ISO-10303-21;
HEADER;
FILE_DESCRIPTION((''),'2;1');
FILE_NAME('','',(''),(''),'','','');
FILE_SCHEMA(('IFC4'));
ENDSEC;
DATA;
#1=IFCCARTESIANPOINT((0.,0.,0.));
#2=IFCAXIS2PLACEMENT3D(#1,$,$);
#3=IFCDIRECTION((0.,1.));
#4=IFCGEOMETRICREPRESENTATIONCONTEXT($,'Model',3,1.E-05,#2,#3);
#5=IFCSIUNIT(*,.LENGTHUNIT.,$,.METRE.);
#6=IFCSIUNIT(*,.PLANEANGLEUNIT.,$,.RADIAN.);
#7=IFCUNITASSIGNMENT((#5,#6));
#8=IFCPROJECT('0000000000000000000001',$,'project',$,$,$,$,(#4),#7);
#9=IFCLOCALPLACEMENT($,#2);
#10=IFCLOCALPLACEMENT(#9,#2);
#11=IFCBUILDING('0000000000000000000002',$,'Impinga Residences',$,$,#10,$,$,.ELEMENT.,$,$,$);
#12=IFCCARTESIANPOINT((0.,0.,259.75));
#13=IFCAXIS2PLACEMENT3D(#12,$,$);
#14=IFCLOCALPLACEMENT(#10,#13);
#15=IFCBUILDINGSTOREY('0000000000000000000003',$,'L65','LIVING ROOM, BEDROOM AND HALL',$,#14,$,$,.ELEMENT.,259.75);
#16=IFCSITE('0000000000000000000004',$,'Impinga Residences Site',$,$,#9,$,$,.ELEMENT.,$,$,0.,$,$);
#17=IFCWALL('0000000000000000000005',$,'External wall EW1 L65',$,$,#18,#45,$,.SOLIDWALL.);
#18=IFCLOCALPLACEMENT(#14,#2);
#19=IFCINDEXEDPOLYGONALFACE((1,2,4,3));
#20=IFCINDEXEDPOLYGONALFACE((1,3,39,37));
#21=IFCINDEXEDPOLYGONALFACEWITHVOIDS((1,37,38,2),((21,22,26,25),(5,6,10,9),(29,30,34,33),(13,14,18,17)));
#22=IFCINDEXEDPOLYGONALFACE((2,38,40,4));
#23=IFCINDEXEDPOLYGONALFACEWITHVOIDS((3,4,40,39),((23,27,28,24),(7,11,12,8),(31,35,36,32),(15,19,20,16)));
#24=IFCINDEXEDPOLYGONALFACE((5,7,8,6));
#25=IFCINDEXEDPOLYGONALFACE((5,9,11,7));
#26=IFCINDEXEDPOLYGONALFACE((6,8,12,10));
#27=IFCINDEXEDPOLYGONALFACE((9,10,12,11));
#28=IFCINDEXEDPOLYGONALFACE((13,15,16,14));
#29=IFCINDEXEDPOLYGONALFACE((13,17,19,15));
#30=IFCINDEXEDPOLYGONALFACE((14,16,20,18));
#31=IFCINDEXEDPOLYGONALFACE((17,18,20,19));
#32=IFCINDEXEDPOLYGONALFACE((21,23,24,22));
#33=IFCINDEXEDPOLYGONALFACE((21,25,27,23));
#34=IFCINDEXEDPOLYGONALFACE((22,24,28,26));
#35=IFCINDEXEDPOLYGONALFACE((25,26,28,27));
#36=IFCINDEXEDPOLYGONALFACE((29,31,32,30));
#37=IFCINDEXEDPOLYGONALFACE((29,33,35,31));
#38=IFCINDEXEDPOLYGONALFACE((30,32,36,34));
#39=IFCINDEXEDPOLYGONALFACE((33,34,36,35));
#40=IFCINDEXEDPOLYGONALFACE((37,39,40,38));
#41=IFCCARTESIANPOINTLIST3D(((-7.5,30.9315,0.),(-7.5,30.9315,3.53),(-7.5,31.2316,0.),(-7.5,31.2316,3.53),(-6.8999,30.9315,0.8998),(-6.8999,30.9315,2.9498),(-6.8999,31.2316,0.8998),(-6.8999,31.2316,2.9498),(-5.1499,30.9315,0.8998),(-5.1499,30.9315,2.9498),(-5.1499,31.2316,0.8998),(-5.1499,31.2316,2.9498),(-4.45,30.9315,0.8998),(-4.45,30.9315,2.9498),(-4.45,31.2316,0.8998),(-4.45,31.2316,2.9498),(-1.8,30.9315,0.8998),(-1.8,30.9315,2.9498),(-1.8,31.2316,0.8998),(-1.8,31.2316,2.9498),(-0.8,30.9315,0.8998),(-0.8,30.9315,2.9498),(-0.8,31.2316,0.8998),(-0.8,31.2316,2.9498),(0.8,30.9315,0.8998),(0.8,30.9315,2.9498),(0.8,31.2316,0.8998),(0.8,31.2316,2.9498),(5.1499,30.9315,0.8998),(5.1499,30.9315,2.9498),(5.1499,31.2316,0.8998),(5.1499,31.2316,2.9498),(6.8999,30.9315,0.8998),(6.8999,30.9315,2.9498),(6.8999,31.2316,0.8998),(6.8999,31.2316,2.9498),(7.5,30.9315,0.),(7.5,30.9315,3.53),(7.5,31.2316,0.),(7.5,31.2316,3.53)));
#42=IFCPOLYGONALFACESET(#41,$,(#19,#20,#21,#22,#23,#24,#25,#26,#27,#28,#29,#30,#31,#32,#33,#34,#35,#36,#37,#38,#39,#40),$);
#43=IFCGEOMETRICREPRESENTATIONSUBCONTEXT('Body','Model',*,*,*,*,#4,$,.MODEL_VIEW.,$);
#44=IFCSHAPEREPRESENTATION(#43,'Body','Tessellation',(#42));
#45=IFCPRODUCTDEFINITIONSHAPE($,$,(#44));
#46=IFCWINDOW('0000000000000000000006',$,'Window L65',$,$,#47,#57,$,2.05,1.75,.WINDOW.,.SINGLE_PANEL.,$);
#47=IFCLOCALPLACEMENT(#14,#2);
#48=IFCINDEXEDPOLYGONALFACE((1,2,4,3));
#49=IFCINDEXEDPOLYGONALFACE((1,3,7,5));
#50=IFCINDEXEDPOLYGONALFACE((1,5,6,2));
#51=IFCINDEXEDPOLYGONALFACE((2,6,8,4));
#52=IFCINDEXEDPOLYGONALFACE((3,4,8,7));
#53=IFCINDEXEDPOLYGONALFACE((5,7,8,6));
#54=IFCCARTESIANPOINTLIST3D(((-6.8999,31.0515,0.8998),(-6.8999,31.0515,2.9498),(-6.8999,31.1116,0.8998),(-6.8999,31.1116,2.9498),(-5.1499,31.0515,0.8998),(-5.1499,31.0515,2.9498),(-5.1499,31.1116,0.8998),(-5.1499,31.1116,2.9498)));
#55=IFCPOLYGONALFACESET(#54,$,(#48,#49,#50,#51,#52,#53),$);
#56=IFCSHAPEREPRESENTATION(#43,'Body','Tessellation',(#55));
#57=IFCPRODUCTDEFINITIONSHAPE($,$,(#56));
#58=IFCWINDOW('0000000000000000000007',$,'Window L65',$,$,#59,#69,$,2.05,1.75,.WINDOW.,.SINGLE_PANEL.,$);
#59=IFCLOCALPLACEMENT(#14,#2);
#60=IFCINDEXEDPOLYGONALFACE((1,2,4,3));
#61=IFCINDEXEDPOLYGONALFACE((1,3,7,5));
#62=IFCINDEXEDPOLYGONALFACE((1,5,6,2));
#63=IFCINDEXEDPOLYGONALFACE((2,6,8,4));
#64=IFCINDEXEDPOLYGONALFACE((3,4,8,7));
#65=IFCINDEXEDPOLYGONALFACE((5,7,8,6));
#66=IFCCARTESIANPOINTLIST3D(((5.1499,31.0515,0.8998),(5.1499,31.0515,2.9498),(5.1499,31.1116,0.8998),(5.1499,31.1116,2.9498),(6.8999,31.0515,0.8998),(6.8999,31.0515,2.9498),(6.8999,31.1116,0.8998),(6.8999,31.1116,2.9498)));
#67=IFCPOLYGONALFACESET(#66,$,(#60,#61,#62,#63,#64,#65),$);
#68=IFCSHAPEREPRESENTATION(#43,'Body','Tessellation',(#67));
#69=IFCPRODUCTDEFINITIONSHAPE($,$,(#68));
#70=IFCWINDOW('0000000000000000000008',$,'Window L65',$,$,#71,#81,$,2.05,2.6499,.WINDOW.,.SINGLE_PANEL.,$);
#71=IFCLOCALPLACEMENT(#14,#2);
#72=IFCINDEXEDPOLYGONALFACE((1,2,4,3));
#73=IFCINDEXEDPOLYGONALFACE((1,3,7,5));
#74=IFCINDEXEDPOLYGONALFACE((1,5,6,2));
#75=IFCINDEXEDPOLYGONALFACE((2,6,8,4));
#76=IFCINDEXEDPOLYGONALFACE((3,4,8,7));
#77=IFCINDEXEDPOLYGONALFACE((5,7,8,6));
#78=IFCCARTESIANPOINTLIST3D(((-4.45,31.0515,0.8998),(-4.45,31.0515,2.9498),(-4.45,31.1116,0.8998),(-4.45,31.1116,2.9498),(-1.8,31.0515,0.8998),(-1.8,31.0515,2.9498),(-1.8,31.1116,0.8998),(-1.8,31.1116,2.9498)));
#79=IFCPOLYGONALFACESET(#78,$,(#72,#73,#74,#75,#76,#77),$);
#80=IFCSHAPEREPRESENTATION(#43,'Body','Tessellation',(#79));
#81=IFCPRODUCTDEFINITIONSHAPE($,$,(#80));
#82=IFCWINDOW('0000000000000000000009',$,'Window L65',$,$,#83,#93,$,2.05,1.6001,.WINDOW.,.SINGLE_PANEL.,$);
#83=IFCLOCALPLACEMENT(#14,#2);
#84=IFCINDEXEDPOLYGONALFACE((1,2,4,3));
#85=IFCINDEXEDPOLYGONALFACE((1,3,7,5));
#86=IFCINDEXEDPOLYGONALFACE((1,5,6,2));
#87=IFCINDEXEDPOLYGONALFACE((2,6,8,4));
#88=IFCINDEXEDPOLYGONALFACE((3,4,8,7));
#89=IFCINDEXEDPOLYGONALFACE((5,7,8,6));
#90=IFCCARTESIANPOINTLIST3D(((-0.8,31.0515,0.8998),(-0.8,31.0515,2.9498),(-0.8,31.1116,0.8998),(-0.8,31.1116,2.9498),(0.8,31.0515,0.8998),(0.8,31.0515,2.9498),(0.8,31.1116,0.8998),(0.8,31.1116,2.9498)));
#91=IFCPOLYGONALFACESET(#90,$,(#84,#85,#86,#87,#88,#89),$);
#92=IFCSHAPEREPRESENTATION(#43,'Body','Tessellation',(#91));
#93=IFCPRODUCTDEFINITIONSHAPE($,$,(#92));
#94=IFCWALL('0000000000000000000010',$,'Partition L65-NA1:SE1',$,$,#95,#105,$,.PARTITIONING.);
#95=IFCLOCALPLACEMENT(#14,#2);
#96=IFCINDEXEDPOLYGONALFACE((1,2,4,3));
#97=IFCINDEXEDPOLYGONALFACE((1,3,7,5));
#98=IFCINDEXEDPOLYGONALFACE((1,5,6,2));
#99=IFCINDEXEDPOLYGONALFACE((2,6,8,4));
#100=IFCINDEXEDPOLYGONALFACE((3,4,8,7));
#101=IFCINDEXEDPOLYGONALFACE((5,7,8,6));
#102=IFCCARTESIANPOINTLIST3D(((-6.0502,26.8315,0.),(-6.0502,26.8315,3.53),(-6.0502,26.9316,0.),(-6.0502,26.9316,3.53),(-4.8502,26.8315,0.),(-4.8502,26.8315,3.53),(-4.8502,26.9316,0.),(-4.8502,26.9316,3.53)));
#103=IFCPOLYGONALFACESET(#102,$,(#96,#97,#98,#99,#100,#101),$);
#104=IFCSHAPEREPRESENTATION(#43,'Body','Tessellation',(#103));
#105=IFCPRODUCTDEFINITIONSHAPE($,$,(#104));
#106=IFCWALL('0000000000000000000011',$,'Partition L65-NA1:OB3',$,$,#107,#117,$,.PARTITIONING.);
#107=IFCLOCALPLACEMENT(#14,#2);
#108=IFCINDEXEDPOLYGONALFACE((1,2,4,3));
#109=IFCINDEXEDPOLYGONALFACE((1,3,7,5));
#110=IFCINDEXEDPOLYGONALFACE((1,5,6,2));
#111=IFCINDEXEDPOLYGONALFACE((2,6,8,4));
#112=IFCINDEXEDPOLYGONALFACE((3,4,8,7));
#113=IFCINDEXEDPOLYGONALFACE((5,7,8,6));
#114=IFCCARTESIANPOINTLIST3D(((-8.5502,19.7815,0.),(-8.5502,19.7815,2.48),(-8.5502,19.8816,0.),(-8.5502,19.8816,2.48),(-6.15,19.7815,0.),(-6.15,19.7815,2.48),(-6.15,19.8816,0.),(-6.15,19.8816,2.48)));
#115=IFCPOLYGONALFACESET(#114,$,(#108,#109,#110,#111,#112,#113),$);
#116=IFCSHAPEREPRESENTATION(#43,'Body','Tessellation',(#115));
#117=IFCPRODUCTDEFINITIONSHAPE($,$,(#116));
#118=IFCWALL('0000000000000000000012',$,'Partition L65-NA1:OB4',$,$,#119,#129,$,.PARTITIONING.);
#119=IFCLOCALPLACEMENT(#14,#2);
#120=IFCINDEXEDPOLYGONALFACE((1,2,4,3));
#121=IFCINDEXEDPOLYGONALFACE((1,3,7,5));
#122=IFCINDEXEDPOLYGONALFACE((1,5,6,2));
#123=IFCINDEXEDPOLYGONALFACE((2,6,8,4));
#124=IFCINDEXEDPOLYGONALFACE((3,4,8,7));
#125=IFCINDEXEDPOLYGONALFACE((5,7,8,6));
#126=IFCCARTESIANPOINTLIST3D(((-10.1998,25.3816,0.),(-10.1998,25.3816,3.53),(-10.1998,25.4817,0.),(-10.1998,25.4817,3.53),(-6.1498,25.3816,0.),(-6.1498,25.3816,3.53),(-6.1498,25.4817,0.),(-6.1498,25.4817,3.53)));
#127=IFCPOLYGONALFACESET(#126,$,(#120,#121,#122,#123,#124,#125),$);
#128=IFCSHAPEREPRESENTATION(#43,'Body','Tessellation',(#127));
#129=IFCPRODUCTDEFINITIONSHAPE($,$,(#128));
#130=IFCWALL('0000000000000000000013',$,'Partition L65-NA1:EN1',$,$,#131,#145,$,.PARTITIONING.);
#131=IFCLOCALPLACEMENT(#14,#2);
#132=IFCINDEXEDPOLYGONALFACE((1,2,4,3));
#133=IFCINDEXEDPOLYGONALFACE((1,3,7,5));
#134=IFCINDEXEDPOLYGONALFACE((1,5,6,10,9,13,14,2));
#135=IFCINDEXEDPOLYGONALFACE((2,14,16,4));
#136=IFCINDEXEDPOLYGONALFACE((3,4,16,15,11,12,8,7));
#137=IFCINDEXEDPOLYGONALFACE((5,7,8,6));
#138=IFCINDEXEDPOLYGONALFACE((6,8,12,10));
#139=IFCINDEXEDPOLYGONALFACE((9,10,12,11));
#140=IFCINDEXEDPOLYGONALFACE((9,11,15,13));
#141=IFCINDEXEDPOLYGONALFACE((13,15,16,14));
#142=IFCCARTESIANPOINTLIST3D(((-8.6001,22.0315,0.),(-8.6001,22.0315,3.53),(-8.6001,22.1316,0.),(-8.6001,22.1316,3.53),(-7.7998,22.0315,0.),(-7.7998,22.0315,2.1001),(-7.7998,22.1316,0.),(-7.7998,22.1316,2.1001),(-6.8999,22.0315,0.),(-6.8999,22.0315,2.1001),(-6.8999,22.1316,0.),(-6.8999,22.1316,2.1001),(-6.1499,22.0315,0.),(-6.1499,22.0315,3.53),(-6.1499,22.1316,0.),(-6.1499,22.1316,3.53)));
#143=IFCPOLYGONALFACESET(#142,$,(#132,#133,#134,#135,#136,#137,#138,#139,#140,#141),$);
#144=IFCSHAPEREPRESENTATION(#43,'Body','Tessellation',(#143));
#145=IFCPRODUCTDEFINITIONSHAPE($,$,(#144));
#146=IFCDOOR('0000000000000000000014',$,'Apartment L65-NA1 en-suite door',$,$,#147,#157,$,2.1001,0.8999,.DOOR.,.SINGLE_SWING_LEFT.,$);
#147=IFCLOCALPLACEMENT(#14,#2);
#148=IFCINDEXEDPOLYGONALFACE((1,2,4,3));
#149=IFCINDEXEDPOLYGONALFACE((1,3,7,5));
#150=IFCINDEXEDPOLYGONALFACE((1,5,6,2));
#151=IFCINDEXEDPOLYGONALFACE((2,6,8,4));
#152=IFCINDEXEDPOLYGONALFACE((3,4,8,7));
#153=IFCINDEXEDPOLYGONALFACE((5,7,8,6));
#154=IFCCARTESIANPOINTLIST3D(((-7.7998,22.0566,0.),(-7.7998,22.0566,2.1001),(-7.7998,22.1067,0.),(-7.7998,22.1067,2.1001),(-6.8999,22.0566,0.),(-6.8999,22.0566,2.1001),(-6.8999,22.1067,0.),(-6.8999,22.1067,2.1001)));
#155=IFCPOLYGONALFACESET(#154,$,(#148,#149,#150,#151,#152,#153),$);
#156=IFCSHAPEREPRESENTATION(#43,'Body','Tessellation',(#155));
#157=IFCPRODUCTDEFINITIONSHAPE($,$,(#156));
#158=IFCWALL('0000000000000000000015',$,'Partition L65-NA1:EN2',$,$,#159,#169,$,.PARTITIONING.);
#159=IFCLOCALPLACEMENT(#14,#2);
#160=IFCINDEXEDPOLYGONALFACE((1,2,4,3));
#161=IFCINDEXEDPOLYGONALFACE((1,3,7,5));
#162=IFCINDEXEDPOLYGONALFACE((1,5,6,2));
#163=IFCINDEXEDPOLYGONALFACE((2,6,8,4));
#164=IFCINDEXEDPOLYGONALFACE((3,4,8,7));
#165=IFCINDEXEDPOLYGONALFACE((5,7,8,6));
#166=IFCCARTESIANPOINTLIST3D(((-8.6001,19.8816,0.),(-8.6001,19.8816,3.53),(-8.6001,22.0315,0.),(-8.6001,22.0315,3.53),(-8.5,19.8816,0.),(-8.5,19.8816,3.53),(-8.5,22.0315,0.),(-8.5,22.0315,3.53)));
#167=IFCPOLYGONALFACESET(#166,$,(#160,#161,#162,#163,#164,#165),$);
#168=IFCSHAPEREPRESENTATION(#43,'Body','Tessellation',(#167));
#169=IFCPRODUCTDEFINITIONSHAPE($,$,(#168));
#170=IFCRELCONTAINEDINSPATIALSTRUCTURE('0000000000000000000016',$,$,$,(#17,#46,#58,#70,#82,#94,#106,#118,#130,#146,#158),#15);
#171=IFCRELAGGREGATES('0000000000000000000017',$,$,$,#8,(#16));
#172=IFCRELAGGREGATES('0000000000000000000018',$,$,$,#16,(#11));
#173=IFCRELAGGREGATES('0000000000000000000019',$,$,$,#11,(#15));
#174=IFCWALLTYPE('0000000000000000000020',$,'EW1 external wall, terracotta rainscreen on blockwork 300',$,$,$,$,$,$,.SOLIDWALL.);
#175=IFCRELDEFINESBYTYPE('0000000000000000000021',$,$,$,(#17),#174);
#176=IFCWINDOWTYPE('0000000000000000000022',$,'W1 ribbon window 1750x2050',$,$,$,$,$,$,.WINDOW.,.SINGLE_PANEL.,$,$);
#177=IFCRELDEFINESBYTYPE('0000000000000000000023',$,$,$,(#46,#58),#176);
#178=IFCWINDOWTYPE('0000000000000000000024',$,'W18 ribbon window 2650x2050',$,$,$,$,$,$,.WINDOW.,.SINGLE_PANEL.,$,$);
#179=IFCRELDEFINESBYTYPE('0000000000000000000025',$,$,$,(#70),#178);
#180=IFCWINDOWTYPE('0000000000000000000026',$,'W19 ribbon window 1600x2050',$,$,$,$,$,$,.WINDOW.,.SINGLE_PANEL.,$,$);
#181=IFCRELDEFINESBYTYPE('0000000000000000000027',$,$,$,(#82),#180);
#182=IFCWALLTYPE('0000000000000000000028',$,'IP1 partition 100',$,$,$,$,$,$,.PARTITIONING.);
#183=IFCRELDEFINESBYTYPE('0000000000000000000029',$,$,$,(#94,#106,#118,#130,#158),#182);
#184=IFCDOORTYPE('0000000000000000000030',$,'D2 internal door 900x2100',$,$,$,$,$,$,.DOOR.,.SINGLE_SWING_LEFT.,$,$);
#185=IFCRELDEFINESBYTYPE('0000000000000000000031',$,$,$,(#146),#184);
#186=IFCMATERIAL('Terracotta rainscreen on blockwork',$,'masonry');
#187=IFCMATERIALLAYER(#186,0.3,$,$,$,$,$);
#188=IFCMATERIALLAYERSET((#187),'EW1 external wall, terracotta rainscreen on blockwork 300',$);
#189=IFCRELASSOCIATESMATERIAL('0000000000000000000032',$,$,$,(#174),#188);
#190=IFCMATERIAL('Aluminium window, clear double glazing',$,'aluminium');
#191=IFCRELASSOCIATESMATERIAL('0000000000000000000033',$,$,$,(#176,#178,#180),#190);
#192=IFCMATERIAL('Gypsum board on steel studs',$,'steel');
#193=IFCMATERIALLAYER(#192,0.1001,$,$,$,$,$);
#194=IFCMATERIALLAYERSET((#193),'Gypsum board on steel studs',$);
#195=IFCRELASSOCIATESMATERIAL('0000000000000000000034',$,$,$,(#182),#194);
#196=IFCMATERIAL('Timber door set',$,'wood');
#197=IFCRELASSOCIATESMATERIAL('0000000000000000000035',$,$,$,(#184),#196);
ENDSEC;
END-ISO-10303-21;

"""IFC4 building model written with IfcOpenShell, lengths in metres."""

from ifc_helpers import new_model, si_unit, direction, frame, frame_2d, origin, place, context, subcontext, project, spatial, rectangle, extrude, material, layer, layer_set, type_object, element, fill, save


model = new_model("IFC4")

# Units and contexts
model_context = context("Model", 3, precision=1e-05, world=origin(), true_north=direction((0.0, 1.0)))
body_context = subcontext(model_context, "Body", "Model", "MODEL_VIEW")
ifc_project = project(units=[si_unit("LENGTHUNIT", "METRE"), si_unit("PLANEANGLEUNIT", "RADIAN")], contexts=[model_context])

# Site, building, storey
site_placement = place(None, origin())
site = spatial("IfcSite", under=ifc_project, at=site_placement, Name="Impinga Residences Site", CompositionType="ELEMENT", RefElevation=0.0)
building_placement = place(site_placement, origin())
building = spatial("IfcBuilding", under=site, at=building_placement, Name="Impinga Residences", CompositionType="ELEMENT")
storey_placement = place(building_placement, frame((0.0, 0.0, 259.75)))
storey = spatial("IfcBuildingStorey", under=building, at=storey_placement, Name="L65", Description="LIVING ROOM, BEDROOM AND HALL", CompositionType="ELEMENT", Elevation=259.75)

# Shared definitions
ifc_material_1 = material(Name="Timber door set", Category="wood")

# Shared definitions
ifc_material_2 = material(Name="Terracotta rainscreen on blockwork", Category="masonry")
ifc_layer_1 = layer(ifc_material_2, 0.3)
ifc_layer_set_1 = layer_set([ifc_layer_1], Name="EW1 external wall, terracotta rainscreen on blockwork 300")
wall_type_1 = type_object("IfcWallType", Name="EW1 external wall, terracotta rainscreen on blockwork 300", PredefinedType="SOLIDWALL", material=ifc_layer_set_1)

# Wall, openings, windows
wall_1_placement = place(storey_placement, frame((-7.5, 31.0815, 0.0), z_axis=(0.0, 0.0, 1.0), x_axis=(1.0, 0.0, 0.0)))
wall_1 = element("IfcWall", 1, at=wall_1_placement, inside=storey, type_object=wall_type_1, Name="External wall EW1 L65", PredefinedType="SOLIDWALL", context=body_context, shape_type="SweptSolid", body=[
    extrude(rectangle(XDim=15.0, YDim=0.3, at=frame_2d((7.5, 0.0))), origin(), (0.0, 0.0, 1.0), 3.53),
])
opening_1_placement = place(wall_1_placement, frame((0.6001, 0.0, 0.8999)))
opening_1 = element("IfcOpeningElement", 2, at=opening_1_placement, cuts=wall_1, PredefinedType="OPENING", context=body_context, shape_type="SweptSolid", body=[
    extrude(rectangle(XDim=1.75, YDim=2.05, at=frame_2d((0.875, 1.0249))), frame((0.0, 0.1599, 0.0), z_axis=(0.0, -1.0, 0.0), x_axis=(1.0, 0.0, 0.0)), (0.0, 0.0, 1.0), 0.3201),
])
opening_2_placement = place(wall_1_placement, frame((3.05, 0.0, 0.8999)))
opening_2 = element("IfcOpeningElement", 3, at=opening_2_placement, cuts=wall_1, PredefinedType="OPENING", context=body_context, shape_type="SweptSolid", body=[
    extrude(rectangle(XDim=2.6499, YDim=2.05, at=frame_2d((1.325, 1.0249))), frame((0.0, 0.1599, 0.0), z_axis=(0.0, -1.0, 0.0), x_axis=(1.0, 0.0, 0.0)), (0.0, 0.0, 1.0), 0.3201),
])
opening_3_placement = place(wall_1_placement, frame((6.7, 0.0, 0.8999)))
opening_3 = element("IfcOpeningElement", 4, at=opening_3_placement, cuts=wall_1, PredefinedType="OPENING", context=body_context, shape_type="SweptSolid", body=[
    extrude(rectangle(XDim=1.6001, YDim=2.05, at=frame_2d((0.8, 1.0249))), frame((0.0, 0.1599, 0.0), z_axis=(0.0, -1.0, 0.0), x_axis=(1.0, 0.0, 0.0)), (0.0, 0.0, 1.0), 0.3201),
])
opening_4_placement = place(wall_1_placement, frame((12.6499, 0.0, 0.8999)))
opening_4 = element("IfcOpeningElement", 5, at=opening_4_placement, cuts=wall_1, PredefinedType="OPENING", context=body_context, shape_type="SweptSolid", body=[
    extrude(rectangle(XDim=1.75, YDim=2.05, at=frame_2d((0.875, 1.0249))), frame((0.0, 0.1599, 0.0), z_axis=(0.0, -1.0, 0.0), x_axis=(1.0, 0.0, 0.0)), (0.0, 0.0, 1.0), 0.3201),
])
ifc_material_3 = material(Name="Aluminium window, clear double glazing", Category="aluminium")
window_type_1 = type_object("IfcWindowType", Name="W1 ribbon window 1750x2050", PartitioningType="SINGLE_PANEL", PredefinedType="WINDOW", material=ifc_material_3)
window_1_placement = place(opening_1_placement, origin())
window_1 = element("IfcWindow", 6, at=window_1_placement, inside=storey, type_object=window_type_1, Name="Window L65", OverallHeight=2.05, OverallWidth=1.75, PartitioningType="SINGLE_PANEL", PredefinedType="WINDOW", context=body_context, shape_type="SweptSolid", body=[
    extrude(rectangle(XDim=1.75, YDim=2.05, at=frame_2d((0.875, 1.0249))), frame((0.0, 0.03, 0.0), z_axis=(0.0, -1.0, 0.0), x_axis=(1.0, 0.0, 0.0)), (0.0, 0.0, 1.0), 0.0601),
])
fill(opening_1, window_1)
window_2_placement = place(opening_4_placement, origin())
window_2 = element("IfcWindow", 7, at=window_2_placement, inside=storey, type_object=window_type_1, Name="Window L65", OverallHeight=2.05, OverallWidth=1.75, PartitioningType="SINGLE_PANEL", PredefinedType="WINDOW", context=body_context, shape_type="SweptSolid", body=[
    extrude(rectangle(XDim=1.75, YDim=2.05, at=frame_2d((0.875, 1.0249))), frame((0.0, 0.03, 0.0), z_axis=(0.0, -1.0, 0.0), x_axis=(1.0, 0.0, 0.0)), (0.0, 0.0, 1.0), 0.0601),
])
fill(opening_4, window_2)
window_type_2 = type_object("IfcWindowType", Name="W18 ribbon window 2650x2050", PartitioningType="SINGLE_PANEL", PredefinedType="WINDOW", material=ifc_material_3)
window_3_placement = place(opening_2_placement, origin())
window_3 = element("IfcWindow", 8, at=window_3_placement, inside=storey, type_object=window_type_2, Name="Window L65", OverallHeight=2.05, OverallWidth=2.6499, PartitioningType="SINGLE_PANEL", PredefinedType="WINDOW", context=body_context, shape_type="SweptSolid", body=[
    extrude(rectangle(XDim=2.6499, YDim=2.05, at=frame_2d((1.325, 1.0249))), frame((0.0, 0.03, 0.0), z_axis=(0.0, -1.0, 0.0), x_axis=(1.0, 0.0, 0.0)), (0.0, 0.0, 1.0), 0.0601),
])
fill(opening_2, window_3)
window_type_3 = type_object("IfcWindowType", Name="W19 ribbon window 1600x2050", PartitioningType="SINGLE_PANEL", PredefinedType="WINDOW", material=ifc_material_3)
window_4_placement = place(opening_3_placement, origin())
window_4 = element("IfcWindow", 9, at=window_4_placement, inside=storey, type_object=window_type_3, Name="Window L65", OverallHeight=2.05, OverallWidth=1.6001, PartitioningType="SINGLE_PANEL", PredefinedType="WINDOW", context=body_context, shape_type="SweptSolid", body=[
    extrude(rectangle(XDim=1.6001, YDim=2.05, at=frame_2d((0.8, 1.0249))), frame((0.0, 0.03, 0.0), z_axis=(0.0, -1.0, 0.0), x_axis=(1.0, 0.0, 0.0)), (0.0, 0.0, 1.0), 0.0601),
])
fill(opening_3, window_4)

# Walls
ifc_material_4 = material(Name="Gypsum board on steel studs", Category="steel")
ifc_layer_2 = layer(ifc_material_4, 0.1001)
ifc_layer_set_2 = layer_set([ifc_layer_2], Name="Gypsum board on steel studs")
wall_type_2 = type_object("IfcWallType", Name="IP1 partition 100", PredefinedType="PARTITIONING", material=ifc_layer_set_2)
wall_2_placement = place(storey_placement, frame((-4.8501, 26.8816, 0.0), z_axis=(0.0, 0.0, 1.0), x_axis=(-1.0, 0.0, 0.0)))
element("IfcWall", 10, at=wall_2_placement, inside=storey, type_object=wall_type_2, Name="Partition L65-NA1:SE1", PredefinedType="PARTITIONING", context=body_context, shape_type="SweptSolid", body=[
    extrude(rectangle(XDim=1.2, YDim=0.1001, at=frame_2d((0.6001, 0.0))), origin(), (0.0, 0.0, 1.0), 3.53),
])
wall_3_placement = place(storey_placement, frame((-6.1499, 19.8315, 0.0), z_axis=(0.0, 0.0, 1.0), x_axis=(-1.0, 0.0, 0.0)))
element("IfcWall", 11, at=wall_3_placement, inside=storey, type_object=wall_type_2, Name="Partition L65-NA1:OB3", PredefinedType="PARTITIONING", context=body_context, shape_type="SweptSolid", body=[
    extrude(rectangle(XDim=2.4001, YDim=0.1001, at=frame_2d((1.2002, 0.0))), origin(), (0.0, 0.0, 1.0), 2.48),
])
wall_4_placement = place(storey_placement, frame((-6.1499, 25.4316, 0.0), z_axis=(0.0, 0.0, 1.0), x_axis=(-1.0, 0.0, 0.0)))
element("IfcWall", 12, at=wall_4_placement, inside=storey, type_object=wall_type_2, Name="Partition L65-NA1:OB4", PredefinedType="PARTITIONING", context=body_context, shape_type="SweptSolid", body=[
    extrude(rectangle(XDim=4.05, YDim=0.1001, at=frame_2d((2.0249, 0.0))), origin(), (0.0, 0.0, 1.0), 3.53),
])

# Wall, opening, door
wall_5_placement = place(storey_placement, frame((-6.1499, 22.0815, 0.0), z_axis=(0.0, 0.0, 1.0), x_axis=(-1.0, 0.0, 0.0)))
wall_5 = element("IfcWall", 13, at=wall_5_placement, inside=storey, type_object=wall_type_2, Name="Partition L65-NA1:EN1", PredefinedType="PARTITIONING", context=body_context, shape_type="SweptSolid", body=[
    extrude(rectangle(XDim=2.4502, YDim=0.1001, at=frame_2d((1.2251, 0.0))), origin(), (0.0, 0.0, 1.0), 3.53),
])
opening_5_placement = place(wall_5_placement, frame((0.75, 0.0, 0.0)))
opening_5 = element("IfcOpeningElement", 14, at=opening_5_placement, cuts=wall_5, PredefinedType="OPENING", context=body_context, shape_type="SweptSolid", body=[
    extrude(rectangle(XDim=0.8999, YDim=2.1001, at=frame_2d((0.45, 1.05))), frame((0.0, 0.0601, 0.0), z_axis=(0.0, -1.0, 0.0), x_axis=(1.0, 0.0, 0.0)), (0.0, 0.0, 1.0), 0.1201),
])
door_type_1 = type_object("IfcDoorType", Name="D2 internal door 900x2100", OperationType="SINGLE_SWING_LEFT", PredefinedType="DOOR", material=ifc_material_1)
door_1_placement = place(opening_5_placement, origin())
door_1 = element("IfcDoor", 15, at=door_1_placement, inside=storey, type_object=door_type_1, Name="Apartment L65-NA1 en-suite door", OperationType="SINGLE_SWING_LEFT", OverallHeight=2.1001, OverallWidth=0.8999, PredefinedType="DOOR", context=body_context, shape_type="SweptSolid", body=[
    extrude(rectangle(XDim=0.8999, YDim=2.1001, at=frame_2d((0.45, 1.05))), frame((0.0, 0.0249, 0.0), z_axis=(0.0, -1.0, 0.0), x_axis=(1.0, 0.0, 0.0)), (0.0, 0.0, 1.0), 0.05),
])
fill(opening_5, door_1)

# Wall
wall_6_placement = place(storey_placement, frame((-8.55, 19.8816, 0.0), z_axis=(0.0, 0.0, 1.0), x_axis=(0.0, 1.0, 0.0)))
element("IfcWall", 16, at=wall_6_placement, inside=storey, type_object=wall_type_2, Name="Partition L65-NA1:EN2", PredefinedType="PARTITIONING", context=body_context, shape_type="SweptSolid", body=[
    extrude(rectangle(XDim=2.1499, YDim=0.1001, at=frame_2d((1.075, 0.0))), origin(), (0.0, 0.0, 1.0), 3.53),
])

save(model, "model.ifc")
